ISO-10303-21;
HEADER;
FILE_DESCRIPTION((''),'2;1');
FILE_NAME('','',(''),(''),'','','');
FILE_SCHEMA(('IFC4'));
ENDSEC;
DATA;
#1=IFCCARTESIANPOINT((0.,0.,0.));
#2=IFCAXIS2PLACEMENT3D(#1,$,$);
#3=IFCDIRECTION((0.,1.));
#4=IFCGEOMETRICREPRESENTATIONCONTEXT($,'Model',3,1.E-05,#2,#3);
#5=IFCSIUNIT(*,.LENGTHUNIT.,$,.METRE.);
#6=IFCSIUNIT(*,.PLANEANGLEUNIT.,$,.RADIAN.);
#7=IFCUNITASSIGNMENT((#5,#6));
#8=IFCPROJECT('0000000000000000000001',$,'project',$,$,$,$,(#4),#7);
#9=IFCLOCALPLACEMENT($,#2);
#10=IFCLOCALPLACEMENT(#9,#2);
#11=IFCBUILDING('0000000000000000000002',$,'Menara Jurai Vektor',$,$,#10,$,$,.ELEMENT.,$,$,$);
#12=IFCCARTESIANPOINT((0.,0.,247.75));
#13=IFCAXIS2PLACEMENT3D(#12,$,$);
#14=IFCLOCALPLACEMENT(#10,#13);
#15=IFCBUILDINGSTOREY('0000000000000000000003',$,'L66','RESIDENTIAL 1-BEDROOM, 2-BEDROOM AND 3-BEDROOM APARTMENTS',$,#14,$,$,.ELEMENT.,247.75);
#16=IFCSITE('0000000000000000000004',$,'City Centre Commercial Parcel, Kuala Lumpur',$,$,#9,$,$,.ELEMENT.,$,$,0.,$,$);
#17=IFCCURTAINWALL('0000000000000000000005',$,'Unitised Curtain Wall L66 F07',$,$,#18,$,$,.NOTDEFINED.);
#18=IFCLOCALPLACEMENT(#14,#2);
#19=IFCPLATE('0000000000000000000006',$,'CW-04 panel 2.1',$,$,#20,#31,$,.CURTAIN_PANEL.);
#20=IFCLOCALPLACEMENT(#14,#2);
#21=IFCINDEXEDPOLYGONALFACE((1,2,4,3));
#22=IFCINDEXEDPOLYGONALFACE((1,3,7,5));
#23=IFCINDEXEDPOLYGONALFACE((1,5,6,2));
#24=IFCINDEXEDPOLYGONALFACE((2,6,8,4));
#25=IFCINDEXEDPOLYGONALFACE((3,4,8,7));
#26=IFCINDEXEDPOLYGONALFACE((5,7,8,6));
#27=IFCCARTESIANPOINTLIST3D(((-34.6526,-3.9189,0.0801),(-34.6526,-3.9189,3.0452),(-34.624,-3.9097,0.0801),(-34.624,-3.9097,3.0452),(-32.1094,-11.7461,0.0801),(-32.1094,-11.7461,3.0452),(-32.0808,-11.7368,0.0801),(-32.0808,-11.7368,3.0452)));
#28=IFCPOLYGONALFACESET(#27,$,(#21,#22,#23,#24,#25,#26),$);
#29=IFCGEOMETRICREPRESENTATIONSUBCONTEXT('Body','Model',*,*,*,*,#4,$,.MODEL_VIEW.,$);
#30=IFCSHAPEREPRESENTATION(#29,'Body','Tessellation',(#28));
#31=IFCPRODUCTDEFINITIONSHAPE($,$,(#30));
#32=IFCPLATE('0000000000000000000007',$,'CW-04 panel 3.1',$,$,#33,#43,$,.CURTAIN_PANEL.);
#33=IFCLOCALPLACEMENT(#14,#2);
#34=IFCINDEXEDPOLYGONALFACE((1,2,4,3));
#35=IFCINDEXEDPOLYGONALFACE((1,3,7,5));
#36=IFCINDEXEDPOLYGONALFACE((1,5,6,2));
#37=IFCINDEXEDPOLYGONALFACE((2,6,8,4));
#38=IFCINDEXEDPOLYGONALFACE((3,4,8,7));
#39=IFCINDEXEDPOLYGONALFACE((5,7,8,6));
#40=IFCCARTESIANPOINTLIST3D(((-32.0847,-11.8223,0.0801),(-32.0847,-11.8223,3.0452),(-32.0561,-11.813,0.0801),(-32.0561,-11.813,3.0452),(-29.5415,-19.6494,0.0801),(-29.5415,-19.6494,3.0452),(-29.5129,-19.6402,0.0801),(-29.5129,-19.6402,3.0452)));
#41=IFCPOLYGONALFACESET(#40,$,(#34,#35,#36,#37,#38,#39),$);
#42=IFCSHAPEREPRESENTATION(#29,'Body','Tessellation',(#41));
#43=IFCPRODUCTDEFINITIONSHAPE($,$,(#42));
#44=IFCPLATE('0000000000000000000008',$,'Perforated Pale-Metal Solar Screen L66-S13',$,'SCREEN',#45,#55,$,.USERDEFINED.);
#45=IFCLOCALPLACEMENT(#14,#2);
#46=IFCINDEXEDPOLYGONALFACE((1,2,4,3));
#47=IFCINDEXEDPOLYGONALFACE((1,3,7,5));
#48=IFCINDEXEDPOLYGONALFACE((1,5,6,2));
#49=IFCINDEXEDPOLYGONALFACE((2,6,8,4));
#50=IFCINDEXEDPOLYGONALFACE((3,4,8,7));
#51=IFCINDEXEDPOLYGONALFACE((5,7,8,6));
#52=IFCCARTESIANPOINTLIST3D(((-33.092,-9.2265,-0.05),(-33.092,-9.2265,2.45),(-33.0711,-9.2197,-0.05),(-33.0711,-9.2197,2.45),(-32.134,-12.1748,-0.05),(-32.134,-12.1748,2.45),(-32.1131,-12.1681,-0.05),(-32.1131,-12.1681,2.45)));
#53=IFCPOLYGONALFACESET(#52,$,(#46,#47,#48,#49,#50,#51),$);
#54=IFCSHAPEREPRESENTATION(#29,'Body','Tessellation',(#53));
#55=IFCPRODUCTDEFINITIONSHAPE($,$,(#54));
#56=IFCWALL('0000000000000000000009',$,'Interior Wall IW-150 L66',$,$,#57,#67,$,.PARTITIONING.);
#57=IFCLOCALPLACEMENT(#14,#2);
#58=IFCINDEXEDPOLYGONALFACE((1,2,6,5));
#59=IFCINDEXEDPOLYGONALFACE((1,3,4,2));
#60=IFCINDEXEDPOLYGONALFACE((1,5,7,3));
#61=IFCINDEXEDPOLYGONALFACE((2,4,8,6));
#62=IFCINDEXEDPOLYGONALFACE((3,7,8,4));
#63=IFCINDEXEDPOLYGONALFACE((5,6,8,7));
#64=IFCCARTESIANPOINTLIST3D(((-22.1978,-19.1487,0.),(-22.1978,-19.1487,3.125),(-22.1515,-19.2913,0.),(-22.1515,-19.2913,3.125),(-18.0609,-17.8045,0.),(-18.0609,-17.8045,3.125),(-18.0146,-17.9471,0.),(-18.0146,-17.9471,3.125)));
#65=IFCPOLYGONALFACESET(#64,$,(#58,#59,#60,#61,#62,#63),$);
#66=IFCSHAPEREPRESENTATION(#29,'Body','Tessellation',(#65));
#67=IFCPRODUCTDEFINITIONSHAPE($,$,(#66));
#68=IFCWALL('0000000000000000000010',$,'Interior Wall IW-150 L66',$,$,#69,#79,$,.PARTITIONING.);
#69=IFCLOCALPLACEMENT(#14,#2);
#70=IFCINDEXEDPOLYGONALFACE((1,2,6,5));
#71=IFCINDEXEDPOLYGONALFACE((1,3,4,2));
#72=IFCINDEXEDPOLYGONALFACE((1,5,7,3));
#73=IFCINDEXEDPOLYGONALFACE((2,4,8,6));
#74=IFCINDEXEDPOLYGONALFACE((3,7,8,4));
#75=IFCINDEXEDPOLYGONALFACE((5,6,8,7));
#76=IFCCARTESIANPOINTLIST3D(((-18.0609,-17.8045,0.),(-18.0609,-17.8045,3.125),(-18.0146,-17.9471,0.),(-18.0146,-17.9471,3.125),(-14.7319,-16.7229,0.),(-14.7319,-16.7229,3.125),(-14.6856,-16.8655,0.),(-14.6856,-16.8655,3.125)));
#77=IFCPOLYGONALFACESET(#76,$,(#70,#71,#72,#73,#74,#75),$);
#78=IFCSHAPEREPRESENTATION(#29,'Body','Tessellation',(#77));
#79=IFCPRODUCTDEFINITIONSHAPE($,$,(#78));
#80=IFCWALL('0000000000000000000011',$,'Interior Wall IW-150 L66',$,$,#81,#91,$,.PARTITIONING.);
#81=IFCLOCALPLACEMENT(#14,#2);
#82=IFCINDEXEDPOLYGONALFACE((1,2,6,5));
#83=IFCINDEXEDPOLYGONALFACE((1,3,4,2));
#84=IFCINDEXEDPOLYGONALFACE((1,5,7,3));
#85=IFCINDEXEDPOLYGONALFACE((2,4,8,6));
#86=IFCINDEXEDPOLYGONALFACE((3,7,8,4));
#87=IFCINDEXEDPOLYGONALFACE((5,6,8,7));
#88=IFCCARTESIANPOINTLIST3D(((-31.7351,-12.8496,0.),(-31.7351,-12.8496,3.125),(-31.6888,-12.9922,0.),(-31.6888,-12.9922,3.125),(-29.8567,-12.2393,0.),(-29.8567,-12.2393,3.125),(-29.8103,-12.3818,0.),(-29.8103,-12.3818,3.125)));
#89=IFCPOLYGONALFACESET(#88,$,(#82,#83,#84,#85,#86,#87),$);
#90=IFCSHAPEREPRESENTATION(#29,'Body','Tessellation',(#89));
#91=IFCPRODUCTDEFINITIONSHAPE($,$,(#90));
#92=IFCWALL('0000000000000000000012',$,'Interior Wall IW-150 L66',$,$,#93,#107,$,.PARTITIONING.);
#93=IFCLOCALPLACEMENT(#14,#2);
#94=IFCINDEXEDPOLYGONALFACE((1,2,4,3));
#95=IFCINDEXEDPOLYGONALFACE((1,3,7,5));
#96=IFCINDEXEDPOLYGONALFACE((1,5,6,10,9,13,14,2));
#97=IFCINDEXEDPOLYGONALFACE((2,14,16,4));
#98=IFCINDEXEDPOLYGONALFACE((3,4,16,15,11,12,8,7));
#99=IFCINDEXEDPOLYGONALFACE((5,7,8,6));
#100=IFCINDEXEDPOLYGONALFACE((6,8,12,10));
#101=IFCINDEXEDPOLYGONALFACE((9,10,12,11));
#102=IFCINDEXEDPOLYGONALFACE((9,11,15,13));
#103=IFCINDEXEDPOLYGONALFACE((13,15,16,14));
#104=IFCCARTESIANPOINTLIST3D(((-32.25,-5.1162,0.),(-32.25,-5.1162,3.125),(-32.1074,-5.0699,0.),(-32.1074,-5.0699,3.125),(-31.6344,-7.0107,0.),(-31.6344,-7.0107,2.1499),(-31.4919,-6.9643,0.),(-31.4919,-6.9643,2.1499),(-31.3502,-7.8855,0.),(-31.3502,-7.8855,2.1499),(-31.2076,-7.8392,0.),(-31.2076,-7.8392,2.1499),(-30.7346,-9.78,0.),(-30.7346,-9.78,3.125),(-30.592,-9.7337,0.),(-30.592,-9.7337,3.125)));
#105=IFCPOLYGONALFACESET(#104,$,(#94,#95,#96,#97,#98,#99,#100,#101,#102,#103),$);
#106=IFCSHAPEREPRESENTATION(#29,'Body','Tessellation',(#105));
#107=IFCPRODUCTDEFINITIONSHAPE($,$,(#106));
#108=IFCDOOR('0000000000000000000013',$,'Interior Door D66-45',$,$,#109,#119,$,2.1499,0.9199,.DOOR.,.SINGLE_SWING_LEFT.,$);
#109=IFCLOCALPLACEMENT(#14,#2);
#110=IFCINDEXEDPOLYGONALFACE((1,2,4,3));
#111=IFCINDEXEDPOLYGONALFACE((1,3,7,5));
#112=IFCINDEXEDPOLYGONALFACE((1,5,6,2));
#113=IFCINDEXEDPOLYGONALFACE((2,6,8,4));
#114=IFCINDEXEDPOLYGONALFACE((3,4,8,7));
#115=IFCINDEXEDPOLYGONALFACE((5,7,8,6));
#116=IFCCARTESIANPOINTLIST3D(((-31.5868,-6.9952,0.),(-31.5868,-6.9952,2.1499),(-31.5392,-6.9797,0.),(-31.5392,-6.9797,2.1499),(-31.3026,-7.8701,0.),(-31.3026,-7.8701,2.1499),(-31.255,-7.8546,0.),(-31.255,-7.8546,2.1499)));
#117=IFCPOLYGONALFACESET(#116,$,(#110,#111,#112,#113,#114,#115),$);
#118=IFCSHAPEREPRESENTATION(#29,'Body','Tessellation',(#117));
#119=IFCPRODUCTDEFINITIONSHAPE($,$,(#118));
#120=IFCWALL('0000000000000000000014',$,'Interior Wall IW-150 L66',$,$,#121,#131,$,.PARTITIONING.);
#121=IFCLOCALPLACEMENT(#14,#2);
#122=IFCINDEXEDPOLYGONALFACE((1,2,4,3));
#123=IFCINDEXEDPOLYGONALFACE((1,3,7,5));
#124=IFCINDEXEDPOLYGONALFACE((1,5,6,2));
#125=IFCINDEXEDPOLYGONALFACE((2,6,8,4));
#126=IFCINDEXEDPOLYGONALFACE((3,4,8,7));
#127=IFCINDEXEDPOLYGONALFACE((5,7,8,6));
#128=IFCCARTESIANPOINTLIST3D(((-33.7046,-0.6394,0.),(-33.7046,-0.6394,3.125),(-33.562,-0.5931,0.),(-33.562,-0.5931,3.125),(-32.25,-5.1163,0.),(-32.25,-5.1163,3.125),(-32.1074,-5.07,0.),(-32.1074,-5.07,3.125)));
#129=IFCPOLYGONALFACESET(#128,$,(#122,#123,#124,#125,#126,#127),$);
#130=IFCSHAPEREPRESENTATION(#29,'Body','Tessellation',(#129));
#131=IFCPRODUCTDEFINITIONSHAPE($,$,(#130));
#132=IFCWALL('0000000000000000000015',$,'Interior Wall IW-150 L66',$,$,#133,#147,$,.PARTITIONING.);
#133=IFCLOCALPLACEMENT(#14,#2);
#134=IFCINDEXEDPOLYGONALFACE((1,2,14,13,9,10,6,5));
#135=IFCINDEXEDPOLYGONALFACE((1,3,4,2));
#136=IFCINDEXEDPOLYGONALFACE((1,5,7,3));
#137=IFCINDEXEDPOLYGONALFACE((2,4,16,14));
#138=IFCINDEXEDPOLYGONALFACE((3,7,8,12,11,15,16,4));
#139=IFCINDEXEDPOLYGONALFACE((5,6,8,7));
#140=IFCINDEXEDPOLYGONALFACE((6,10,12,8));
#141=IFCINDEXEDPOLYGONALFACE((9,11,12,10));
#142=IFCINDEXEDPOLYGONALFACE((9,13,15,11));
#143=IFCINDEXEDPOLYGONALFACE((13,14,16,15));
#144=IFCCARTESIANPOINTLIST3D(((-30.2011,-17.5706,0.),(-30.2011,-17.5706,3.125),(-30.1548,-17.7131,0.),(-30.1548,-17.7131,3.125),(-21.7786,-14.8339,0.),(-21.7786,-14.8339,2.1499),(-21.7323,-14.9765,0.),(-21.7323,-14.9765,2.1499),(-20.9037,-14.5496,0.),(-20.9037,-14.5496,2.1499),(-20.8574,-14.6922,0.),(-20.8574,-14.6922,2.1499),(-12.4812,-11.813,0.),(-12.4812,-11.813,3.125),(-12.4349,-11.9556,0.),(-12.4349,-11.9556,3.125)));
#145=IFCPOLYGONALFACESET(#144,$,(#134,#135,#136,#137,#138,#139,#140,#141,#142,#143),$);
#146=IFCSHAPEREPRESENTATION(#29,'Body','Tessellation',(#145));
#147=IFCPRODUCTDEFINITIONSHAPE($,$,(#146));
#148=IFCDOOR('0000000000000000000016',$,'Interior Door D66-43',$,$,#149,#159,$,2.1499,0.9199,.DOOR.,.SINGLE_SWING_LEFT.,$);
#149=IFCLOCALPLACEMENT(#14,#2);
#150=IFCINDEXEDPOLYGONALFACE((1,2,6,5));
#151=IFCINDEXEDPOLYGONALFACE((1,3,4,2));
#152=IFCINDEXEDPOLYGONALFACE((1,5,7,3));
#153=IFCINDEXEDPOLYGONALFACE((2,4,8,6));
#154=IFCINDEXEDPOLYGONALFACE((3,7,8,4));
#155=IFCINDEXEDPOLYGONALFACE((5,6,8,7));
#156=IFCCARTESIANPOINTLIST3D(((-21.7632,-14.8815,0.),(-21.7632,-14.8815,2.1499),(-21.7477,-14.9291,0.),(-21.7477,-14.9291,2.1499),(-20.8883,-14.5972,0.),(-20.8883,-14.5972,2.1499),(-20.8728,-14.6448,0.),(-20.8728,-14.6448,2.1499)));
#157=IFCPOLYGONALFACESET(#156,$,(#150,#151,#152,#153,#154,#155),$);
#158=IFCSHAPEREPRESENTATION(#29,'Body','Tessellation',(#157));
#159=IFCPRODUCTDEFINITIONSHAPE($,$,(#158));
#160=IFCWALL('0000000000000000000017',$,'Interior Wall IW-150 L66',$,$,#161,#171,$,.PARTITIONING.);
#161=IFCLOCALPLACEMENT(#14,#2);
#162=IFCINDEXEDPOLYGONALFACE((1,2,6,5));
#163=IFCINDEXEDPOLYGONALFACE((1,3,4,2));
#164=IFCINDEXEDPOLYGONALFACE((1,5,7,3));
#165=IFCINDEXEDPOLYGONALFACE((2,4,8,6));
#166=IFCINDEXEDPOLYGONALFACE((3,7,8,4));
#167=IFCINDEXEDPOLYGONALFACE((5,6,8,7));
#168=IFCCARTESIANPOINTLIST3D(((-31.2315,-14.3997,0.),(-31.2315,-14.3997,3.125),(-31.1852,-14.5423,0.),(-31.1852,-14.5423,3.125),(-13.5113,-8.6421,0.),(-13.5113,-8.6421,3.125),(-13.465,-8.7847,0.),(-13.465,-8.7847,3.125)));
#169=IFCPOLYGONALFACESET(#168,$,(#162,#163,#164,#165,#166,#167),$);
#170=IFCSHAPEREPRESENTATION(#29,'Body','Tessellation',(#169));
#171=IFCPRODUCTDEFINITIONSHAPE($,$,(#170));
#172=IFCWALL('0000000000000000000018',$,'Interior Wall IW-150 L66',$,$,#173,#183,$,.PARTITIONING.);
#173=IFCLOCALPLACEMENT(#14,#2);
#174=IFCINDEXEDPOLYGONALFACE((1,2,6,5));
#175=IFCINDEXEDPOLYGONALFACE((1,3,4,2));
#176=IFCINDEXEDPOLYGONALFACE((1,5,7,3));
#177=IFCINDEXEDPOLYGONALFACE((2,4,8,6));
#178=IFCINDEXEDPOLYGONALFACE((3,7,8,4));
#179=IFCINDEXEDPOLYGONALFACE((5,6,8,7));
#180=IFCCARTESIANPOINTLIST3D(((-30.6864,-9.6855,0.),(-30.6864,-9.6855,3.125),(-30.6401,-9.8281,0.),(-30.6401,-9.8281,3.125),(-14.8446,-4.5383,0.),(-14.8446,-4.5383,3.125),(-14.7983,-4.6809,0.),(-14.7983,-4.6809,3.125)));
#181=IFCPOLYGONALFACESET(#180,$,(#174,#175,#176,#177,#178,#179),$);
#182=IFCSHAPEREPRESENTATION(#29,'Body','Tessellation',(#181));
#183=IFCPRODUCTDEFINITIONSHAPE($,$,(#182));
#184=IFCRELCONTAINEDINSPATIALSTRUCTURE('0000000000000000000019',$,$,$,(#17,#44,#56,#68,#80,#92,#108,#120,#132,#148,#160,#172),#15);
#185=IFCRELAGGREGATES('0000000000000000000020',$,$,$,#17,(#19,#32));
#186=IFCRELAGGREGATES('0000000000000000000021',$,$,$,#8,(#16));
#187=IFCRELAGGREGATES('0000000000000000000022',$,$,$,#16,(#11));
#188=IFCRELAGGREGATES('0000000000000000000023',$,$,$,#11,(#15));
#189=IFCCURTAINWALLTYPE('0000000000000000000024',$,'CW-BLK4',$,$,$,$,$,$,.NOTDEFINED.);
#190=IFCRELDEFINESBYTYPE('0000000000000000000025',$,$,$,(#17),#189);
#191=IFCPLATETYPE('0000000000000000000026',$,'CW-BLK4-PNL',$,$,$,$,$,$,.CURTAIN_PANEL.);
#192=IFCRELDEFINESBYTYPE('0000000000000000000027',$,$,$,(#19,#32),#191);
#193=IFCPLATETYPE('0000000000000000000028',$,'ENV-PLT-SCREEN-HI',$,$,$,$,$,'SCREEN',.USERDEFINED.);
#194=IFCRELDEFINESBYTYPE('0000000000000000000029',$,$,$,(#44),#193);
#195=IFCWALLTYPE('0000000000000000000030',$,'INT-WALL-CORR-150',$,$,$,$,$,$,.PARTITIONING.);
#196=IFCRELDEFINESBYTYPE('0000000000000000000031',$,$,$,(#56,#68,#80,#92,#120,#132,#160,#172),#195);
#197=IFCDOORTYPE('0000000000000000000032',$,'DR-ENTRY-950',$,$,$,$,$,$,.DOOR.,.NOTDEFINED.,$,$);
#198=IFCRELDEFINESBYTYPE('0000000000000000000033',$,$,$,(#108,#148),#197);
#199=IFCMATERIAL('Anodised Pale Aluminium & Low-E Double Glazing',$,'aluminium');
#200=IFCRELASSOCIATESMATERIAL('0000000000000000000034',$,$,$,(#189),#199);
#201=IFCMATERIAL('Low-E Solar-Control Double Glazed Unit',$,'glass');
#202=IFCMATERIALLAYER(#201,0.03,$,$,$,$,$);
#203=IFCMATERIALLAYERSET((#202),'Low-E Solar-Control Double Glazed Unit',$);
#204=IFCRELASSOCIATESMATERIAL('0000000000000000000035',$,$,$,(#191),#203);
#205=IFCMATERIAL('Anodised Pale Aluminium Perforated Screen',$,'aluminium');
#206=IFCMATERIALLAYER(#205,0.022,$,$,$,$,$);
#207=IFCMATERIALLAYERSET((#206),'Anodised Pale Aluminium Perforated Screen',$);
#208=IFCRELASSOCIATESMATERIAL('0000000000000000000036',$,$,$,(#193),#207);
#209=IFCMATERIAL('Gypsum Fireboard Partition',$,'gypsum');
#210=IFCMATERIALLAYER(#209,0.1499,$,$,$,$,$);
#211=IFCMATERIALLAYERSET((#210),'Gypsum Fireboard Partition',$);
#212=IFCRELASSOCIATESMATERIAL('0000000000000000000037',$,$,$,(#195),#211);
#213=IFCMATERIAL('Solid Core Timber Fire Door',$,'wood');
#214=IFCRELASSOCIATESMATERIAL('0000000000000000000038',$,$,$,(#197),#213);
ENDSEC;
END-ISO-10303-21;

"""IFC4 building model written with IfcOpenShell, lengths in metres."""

from ifc_helpers import new_model, si_unit, direction, frame, frame_2d, origin, origin_2d, place, context, subcontext, project, spatial, rectangle, extrude, material, layer, layer_set, type_object, element, fill, aggregate, save


model = new_model("IFC4")

# Units and contexts
model_context = context("Model", 3, precision=1e-05, world=origin(), true_north=direction((0.0, 1.0)))
body_context = subcontext(model_context, "Body", "Model", "MODEL_VIEW")
ifc_project = project(units=[si_unit("LENGTHUNIT", "METRE"), si_unit("PLANEANGLEUNIT", "RADIAN")], contexts=[model_context])

# Site, building, storey
site_placement = place(None, origin())
site = spatial("IfcSite", under=ifc_project, at=site_placement, Name="City Centre Commercial Parcel, Kuala Lumpur", CompositionType="ELEMENT", RefElevation=0.0)
building_placement = place(site_placement, origin())
building = spatial("IfcBuilding", under=site, at=building_placement, Name="Menara Jurai Vektor", CompositionType="ELEMENT")
storey_placement = place(building_placement, frame((0.0, 0.0, 247.75)))
storey = spatial("IfcBuildingStorey", under=building, at=storey_placement, Name="L66", Description="RESIDENTIAL 1-BEDROOM, 2-BEDROOM AND 3-BEDROOM APARTMENTS", CompositionType="ELEMENT", Elevation=247.75)

# Curtain wall
ifc_material_1 = material(Name="Anodised Pale Aluminium & Low-E Double Glazing", Category="aluminium")
curtain_wall_type = type_object("IfcCurtainWallType", Name="CW-BLK4", PredefinedType="NOTDEFINED", material=ifc_material_1)
curtain_wall_placement = place(storey_placement, origin())
curtain_wall = element("IfcCurtainWall", 1, at=curtain_wall_placement, inside=storey, type_object=curtain_wall_type, Name="Unitised Curtain Wall L66 F07", PredefinedType="NOTDEFINED")

# Plates
ifc_material_2 = material(Name="Low-E Solar-Control Double Glazed Unit", Category="glass")
ifc_layer_1 = layer(ifc_material_2, 0.03)
ifc_layer_set_1 = layer_set([ifc_layer_1], Name="Low-E Solar-Control Double Glazed Unit")
plate_type_1 = type_object("IfcPlateType", Name="CW-BLK4-PNL", PredefinedType="CURTAIN_PANEL", material=ifc_layer_set_1)
plate_1_placement = place(storey_placement, frame((-33.3667, -7.8279, 0.0801), z_axis=(0.0, 0.0, 1.0), x_axis=(0.309016, -0.951057, 0.0)))
plate_1 = element("IfcPlate", 2, at=plate_1_placement, type_object=plate_type_1, Name="CW-04 panel 2.1", PredefinedType="CURTAIN_PANEL", context=body_context, shape_type="SweptSolid", body=[
    extrude(rectangle(XDim=8.23, YDim=0.03, at=origin_2d()), origin(), (0.0, 0.0, 1.0), 2.9651),
])
plate_2_placement = place(storey_placement, frame((-30.7988, -15.7312, 0.0801), z_axis=(0.0, 0.0, 1.0), x_axis=(0.309016, -0.951057, 0.0)))
plate_2 = element("IfcPlate", 3, at=plate_2_placement, type_object=plate_type_1, Name="CW-04 panel 3.1", PredefinedType="CURTAIN_PANEL", context=body_context, shape_type="SweptSolid", body=[
    extrude(rectangle(XDim=8.23, YDim=0.03, at=origin_2d()), origin(), (0.0, 0.0, 1.0), 2.9651),
])
aggregate(curtain_wall, [plate_1, plate_2])
ifc_material_3 = material(Name="Anodised Pale Aluminium Perforated Screen", Category="aluminium")
ifc_layer_2 = layer(ifc_material_3, 0.022)
ifc_layer_set_2 = layer_set([ifc_layer_2], Name="Anodised Pale Aluminium Perforated Screen")
plate_type_2 = type_object("IfcPlateType", Name="ENV-PLT-SCREEN-HI", ElementType="SCREEN", PredefinedType="USERDEFINED", material=ifc_layer_set_2)
plate_3_placement = place(storey_placement, frame((-32.6025, -10.6973, -0.05), z_axis=(0.0, 0.0, 1.0), x_axis=(0.309017, -0.951057, 0.0)))
element("IfcPlate", 4, at=plate_3_placement, inside=storey, type_object=plate_type_2, Name="Perforated Pale-Metal Solar Screen L66-S13", ObjectType="SCREEN", PredefinedType="USERDEFINED", context=body_context, shape_type="SweptSolid", body=[
    extrude(rectangle(XDim=3.1001, YDim=0.022, at=origin_2d()), origin(), (0.0, 0.0, 1.0), 2.5),
])

# Walls
ifc_material_4 = material(Name="Gypsum Fireboard Partition", Category="gypsum")
ifc_layer_3 = layer(ifc_material_4, 0.1499)
ifc_layer_set_3 = layer_set([ifc_layer_3], Name="Gypsum Fireboard Partition")
wall_type = type_object("IfcWallType", Name="INT-WALL-CORR-150", PredefinedType="PARTITIONING", material=ifc_layer_set_3)
wall_1_placement = place(storey_placement, frame((-22.1746, -19.22, 0.0), z_axis=(0.0, 0.0, 1.0), x_axis=(0.951053, 0.309029, 0.0)))
element("IfcWall", 5, at=wall_1_placement, inside=storey, type_object=wall_type, Name="Interior Wall IW-150 L66", PredefinedType="PARTITIONING", context=body_context, shape_type="SweptSolid", body=[
    extrude(rectangle(XDim=4.3499, YDim=0.1499, at=frame_2d((2.1748, 0.0))), origin(), (0.0, 0.0, 1.0), 3.125),
])
wall_2_placement = place(storey_placement, frame((-18.0376, -17.8757, 0.0), z_axis=(0.0, 0.0, 1.0), x_axis=(0.951062, 0.308999, 0.0)))
element("IfcWall", 6, at=wall_2_placement, inside=storey, type_object=wall_type, Name="Interior Wall IW-150 L66", PredefinedType="PARTITIONING", context=body_context, shape_type="SweptSolid", body=[
    extrude(rectangle(XDim=3.5002, YDim=0.1499, at=frame_2d((1.75, 0.0))), origin(), (0.0, 0.0, 1.0), 3.125),
])
wall_3_placement = place(storey_placement, frame((-31.7119, -12.9209, 0.0), z_axis=(0.0, 0.0, 1.0), x_axis=(0.951054, 0.309025, 0.0)))
element("IfcWall", 7, at=wall_3_placement, inside=storey, type_object=wall_type, Name="Interior Wall IW-150 L66", PredefinedType="PARTITIONING", context=body_context, shape_type="SweptSolid", body=[
    extrude(rectangle(XDim=1.9751, YDim=0.1499, at=frame_2d((0.9875, 0.0))), origin(), (0.0, 0.0, 1.0), 3.125),
])

# Wall, opening, door
ifc_material_5 = material(Name="Solid Core Timber Fire Door", Category="wood")
door_type = type_object("IfcDoorType", Name="DR-ENTRY-950", OperationType="NOTDEFINED", PredefinedType="DOOR", material=ifc_material_5)
wall_4_placement = place(storey_placement, frame((-30.6633, -9.7568, 0.0), z_axis=(0.0, 0.0, 1.0), x_axis=(-0.30902, 0.951056, 0.0)))
wall_4 = element("IfcWall", 8, at=wall_4_placement, inside=storey, type_object=wall_type, Name="Interior Wall IW-150 L66", PredefinedType="PARTITIONING", context=body_context, shape_type="SweptSolid", body=[
    extrude(rectangle(XDim=4.9038, YDim=0.1499, at=frame_2d((2.4519, 0.0))), origin(), (0.0, 0.0, 1.0), 3.125),
])
opening_1_placement = place(wall_4_placement, frame((1.9919, 0.0, 0.0)))
opening_1 = element("IfcOpeningElement", 9, at=opening_1_placement, cuts=wall_4, PredefinedType="OPENING", context=body_context, shape_type="SweptSolid", body=[
    extrude(rectangle(XDim=0.9199, YDim=2.1499, at=frame_2d((0.46, 1.075))), frame((0.0, 0.085, 0.0), z_axis=(0.0, -1.0, 0.0), x_axis=(1.0, 0.0, 0.0)), (0.0, 0.0, 1.0), 0.1699),
])
door_1_placement = place(opening_1_placement, origin())
door_1 = element("IfcDoor", 10, at=door_1_placement, inside=storey, type_object=door_type, Name="Interior Door D66-45", OperationType="SINGLE_SWING_LEFT", OverallHeight=2.1499, OverallWidth=0.9199, PredefinedType="DOOR", context=body_context, shape_type="SweptSolid", body=[
    extrude(rectangle(XDim=0.9199, YDim=2.1499, at=frame_2d((0.46, 1.075))), frame((0.0, 0.0249, 0.0), z_axis=(0.0, -1.0, 0.0), x_axis=(1.0, 0.0, 0.0)), (0.0, 0.0, 1.0), 0.05),
])
fill(opening_1, door_1)

# Wall
wall_5_placement = place(storey_placement, frame((-32.1787, -5.093, 0.0), z_axis=(0.0, 0.0, 1.0), x_axis=(-0.309015, 0.951057, 0.0)))
element("IfcWall", 11, at=wall_5_placement, inside=storey, type_object=wall_type, Name="Interior Wall IW-150 L66", PredefinedType="PARTITIONING", context=body_context, shape_type="SweptSolid", body=[
    extrude(rectangle(XDim=4.7073, YDim=0.1499, at=frame_2d((2.3535, 0.0))), origin(), (0.0, 0.0, 1.0), 3.125),
])

# Wall, opening, door
wall_6_placement = place(storey_placement, frame((-30.178, -17.6418, 0.0), z_axis=(0.0, 0.0, 1.0), x_axis=(0.951057, 0.309017, 0.0)))
wall_6 = element("IfcWall", 12, at=wall_6_placement, inside=storey, type_object=wall_type, Name="Interior Wall IW-150 L66", PredefinedType="PARTITIONING", context=body_context, shape_type="SweptSolid", body=[
    extrude(rectangle(XDim=18.6318, YDim=0.1499, at=frame_2d((9.3159, 0.0))), origin(), (0.0, 0.0, 1.0), 3.125),
])
opening_2_placement = place(wall_6_placement, frame((8.856, 0.0, 0.0)))
opening_2 = element("IfcOpeningElement", 13, at=opening_2_placement, cuts=wall_6, PredefinedType="OPENING", context=body_context, shape_type="SweptSolid", body=[
    extrude(rectangle(XDim=0.9199, YDim=2.1499, at=frame_2d((0.46, 1.075))), frame((0.0, 0.085, 0.0), z_axis=(0.0, -1.0, 0.0), x_axis=(1.0, 0.0, 0.0)), (0.0, 0.0, 1.0), 0.1699),
])
door_2_placement = place(opening_2_placement, origin())
door_2 = element("IfcDoor", 14, at=door_2_placement, inside=storey, type_object=door_type, Name="Interior Door D66-43", OperationType="SINGLE_SWING_LEFT", OverallHeight=2.1499, OverallWidth=0.9199, PredefinedType="DOOR", context=body_context, shape_type="SweptSolid", body=[
    extrude(rectangle(XDim=0.9199, YDim=2.1499, at=frame_2d((0.46, 1.075))), frame((0.0, 0.0249, 0.0), z_axis=(0.0, -1.0, 0.0), x_axis=(1.0, 0.0, 0.0)), (0.0, 0.0, 1.0), 0.05),
])
fill(opening_2, door_2)

# Walls
wall_7_placement = place(storey_placement, frame((-31.2083, -14.4709, 0.0), z_axis=(0.0, 0.0, 1.0), x_axis=(0.951058, 0.309013, 0.0)))
element("IfcWall", 15, at=wall_7_placement, inside=storey, type_object=wall_type, Name="Interior Wall IW-150 L66", PredefinedType="PARTITIONING", context=body_context, shape_type="SweptSolid", body=[
    extrude(rectangle(XDim=18.6321, YDim=0.1499, at=frame_2d((9.3159, 0.0))), origin(), (0.0, 0.0, 1.0), 3.125),
])
for number, where, z_axis, x_axis, name in (
    (16, (-30.6633, -9.7568, 0.0), (0.0, 0.0, 1.0), (0.951058, 0.309012, 0.0), "Interior Wall IW-150 L66"),
):
    element("IfcWall", number, at=place(storey_placement, frame(where, z_axis=z_axis, x_axis=x_axis)), inside=storey, type_object=wall_type, Name=name, PredefinedType="PARTITIONING", context=body_context, shape_type="SweptSolid", body=[
        extrude(rectangle(XDim=16.657, YDim=0.1499, at=frame_2d((8.3286, 0.0))), origin(), (0.0, 0.0, 1.0), 3.125),
    ])

save(model, "model.ifc")
